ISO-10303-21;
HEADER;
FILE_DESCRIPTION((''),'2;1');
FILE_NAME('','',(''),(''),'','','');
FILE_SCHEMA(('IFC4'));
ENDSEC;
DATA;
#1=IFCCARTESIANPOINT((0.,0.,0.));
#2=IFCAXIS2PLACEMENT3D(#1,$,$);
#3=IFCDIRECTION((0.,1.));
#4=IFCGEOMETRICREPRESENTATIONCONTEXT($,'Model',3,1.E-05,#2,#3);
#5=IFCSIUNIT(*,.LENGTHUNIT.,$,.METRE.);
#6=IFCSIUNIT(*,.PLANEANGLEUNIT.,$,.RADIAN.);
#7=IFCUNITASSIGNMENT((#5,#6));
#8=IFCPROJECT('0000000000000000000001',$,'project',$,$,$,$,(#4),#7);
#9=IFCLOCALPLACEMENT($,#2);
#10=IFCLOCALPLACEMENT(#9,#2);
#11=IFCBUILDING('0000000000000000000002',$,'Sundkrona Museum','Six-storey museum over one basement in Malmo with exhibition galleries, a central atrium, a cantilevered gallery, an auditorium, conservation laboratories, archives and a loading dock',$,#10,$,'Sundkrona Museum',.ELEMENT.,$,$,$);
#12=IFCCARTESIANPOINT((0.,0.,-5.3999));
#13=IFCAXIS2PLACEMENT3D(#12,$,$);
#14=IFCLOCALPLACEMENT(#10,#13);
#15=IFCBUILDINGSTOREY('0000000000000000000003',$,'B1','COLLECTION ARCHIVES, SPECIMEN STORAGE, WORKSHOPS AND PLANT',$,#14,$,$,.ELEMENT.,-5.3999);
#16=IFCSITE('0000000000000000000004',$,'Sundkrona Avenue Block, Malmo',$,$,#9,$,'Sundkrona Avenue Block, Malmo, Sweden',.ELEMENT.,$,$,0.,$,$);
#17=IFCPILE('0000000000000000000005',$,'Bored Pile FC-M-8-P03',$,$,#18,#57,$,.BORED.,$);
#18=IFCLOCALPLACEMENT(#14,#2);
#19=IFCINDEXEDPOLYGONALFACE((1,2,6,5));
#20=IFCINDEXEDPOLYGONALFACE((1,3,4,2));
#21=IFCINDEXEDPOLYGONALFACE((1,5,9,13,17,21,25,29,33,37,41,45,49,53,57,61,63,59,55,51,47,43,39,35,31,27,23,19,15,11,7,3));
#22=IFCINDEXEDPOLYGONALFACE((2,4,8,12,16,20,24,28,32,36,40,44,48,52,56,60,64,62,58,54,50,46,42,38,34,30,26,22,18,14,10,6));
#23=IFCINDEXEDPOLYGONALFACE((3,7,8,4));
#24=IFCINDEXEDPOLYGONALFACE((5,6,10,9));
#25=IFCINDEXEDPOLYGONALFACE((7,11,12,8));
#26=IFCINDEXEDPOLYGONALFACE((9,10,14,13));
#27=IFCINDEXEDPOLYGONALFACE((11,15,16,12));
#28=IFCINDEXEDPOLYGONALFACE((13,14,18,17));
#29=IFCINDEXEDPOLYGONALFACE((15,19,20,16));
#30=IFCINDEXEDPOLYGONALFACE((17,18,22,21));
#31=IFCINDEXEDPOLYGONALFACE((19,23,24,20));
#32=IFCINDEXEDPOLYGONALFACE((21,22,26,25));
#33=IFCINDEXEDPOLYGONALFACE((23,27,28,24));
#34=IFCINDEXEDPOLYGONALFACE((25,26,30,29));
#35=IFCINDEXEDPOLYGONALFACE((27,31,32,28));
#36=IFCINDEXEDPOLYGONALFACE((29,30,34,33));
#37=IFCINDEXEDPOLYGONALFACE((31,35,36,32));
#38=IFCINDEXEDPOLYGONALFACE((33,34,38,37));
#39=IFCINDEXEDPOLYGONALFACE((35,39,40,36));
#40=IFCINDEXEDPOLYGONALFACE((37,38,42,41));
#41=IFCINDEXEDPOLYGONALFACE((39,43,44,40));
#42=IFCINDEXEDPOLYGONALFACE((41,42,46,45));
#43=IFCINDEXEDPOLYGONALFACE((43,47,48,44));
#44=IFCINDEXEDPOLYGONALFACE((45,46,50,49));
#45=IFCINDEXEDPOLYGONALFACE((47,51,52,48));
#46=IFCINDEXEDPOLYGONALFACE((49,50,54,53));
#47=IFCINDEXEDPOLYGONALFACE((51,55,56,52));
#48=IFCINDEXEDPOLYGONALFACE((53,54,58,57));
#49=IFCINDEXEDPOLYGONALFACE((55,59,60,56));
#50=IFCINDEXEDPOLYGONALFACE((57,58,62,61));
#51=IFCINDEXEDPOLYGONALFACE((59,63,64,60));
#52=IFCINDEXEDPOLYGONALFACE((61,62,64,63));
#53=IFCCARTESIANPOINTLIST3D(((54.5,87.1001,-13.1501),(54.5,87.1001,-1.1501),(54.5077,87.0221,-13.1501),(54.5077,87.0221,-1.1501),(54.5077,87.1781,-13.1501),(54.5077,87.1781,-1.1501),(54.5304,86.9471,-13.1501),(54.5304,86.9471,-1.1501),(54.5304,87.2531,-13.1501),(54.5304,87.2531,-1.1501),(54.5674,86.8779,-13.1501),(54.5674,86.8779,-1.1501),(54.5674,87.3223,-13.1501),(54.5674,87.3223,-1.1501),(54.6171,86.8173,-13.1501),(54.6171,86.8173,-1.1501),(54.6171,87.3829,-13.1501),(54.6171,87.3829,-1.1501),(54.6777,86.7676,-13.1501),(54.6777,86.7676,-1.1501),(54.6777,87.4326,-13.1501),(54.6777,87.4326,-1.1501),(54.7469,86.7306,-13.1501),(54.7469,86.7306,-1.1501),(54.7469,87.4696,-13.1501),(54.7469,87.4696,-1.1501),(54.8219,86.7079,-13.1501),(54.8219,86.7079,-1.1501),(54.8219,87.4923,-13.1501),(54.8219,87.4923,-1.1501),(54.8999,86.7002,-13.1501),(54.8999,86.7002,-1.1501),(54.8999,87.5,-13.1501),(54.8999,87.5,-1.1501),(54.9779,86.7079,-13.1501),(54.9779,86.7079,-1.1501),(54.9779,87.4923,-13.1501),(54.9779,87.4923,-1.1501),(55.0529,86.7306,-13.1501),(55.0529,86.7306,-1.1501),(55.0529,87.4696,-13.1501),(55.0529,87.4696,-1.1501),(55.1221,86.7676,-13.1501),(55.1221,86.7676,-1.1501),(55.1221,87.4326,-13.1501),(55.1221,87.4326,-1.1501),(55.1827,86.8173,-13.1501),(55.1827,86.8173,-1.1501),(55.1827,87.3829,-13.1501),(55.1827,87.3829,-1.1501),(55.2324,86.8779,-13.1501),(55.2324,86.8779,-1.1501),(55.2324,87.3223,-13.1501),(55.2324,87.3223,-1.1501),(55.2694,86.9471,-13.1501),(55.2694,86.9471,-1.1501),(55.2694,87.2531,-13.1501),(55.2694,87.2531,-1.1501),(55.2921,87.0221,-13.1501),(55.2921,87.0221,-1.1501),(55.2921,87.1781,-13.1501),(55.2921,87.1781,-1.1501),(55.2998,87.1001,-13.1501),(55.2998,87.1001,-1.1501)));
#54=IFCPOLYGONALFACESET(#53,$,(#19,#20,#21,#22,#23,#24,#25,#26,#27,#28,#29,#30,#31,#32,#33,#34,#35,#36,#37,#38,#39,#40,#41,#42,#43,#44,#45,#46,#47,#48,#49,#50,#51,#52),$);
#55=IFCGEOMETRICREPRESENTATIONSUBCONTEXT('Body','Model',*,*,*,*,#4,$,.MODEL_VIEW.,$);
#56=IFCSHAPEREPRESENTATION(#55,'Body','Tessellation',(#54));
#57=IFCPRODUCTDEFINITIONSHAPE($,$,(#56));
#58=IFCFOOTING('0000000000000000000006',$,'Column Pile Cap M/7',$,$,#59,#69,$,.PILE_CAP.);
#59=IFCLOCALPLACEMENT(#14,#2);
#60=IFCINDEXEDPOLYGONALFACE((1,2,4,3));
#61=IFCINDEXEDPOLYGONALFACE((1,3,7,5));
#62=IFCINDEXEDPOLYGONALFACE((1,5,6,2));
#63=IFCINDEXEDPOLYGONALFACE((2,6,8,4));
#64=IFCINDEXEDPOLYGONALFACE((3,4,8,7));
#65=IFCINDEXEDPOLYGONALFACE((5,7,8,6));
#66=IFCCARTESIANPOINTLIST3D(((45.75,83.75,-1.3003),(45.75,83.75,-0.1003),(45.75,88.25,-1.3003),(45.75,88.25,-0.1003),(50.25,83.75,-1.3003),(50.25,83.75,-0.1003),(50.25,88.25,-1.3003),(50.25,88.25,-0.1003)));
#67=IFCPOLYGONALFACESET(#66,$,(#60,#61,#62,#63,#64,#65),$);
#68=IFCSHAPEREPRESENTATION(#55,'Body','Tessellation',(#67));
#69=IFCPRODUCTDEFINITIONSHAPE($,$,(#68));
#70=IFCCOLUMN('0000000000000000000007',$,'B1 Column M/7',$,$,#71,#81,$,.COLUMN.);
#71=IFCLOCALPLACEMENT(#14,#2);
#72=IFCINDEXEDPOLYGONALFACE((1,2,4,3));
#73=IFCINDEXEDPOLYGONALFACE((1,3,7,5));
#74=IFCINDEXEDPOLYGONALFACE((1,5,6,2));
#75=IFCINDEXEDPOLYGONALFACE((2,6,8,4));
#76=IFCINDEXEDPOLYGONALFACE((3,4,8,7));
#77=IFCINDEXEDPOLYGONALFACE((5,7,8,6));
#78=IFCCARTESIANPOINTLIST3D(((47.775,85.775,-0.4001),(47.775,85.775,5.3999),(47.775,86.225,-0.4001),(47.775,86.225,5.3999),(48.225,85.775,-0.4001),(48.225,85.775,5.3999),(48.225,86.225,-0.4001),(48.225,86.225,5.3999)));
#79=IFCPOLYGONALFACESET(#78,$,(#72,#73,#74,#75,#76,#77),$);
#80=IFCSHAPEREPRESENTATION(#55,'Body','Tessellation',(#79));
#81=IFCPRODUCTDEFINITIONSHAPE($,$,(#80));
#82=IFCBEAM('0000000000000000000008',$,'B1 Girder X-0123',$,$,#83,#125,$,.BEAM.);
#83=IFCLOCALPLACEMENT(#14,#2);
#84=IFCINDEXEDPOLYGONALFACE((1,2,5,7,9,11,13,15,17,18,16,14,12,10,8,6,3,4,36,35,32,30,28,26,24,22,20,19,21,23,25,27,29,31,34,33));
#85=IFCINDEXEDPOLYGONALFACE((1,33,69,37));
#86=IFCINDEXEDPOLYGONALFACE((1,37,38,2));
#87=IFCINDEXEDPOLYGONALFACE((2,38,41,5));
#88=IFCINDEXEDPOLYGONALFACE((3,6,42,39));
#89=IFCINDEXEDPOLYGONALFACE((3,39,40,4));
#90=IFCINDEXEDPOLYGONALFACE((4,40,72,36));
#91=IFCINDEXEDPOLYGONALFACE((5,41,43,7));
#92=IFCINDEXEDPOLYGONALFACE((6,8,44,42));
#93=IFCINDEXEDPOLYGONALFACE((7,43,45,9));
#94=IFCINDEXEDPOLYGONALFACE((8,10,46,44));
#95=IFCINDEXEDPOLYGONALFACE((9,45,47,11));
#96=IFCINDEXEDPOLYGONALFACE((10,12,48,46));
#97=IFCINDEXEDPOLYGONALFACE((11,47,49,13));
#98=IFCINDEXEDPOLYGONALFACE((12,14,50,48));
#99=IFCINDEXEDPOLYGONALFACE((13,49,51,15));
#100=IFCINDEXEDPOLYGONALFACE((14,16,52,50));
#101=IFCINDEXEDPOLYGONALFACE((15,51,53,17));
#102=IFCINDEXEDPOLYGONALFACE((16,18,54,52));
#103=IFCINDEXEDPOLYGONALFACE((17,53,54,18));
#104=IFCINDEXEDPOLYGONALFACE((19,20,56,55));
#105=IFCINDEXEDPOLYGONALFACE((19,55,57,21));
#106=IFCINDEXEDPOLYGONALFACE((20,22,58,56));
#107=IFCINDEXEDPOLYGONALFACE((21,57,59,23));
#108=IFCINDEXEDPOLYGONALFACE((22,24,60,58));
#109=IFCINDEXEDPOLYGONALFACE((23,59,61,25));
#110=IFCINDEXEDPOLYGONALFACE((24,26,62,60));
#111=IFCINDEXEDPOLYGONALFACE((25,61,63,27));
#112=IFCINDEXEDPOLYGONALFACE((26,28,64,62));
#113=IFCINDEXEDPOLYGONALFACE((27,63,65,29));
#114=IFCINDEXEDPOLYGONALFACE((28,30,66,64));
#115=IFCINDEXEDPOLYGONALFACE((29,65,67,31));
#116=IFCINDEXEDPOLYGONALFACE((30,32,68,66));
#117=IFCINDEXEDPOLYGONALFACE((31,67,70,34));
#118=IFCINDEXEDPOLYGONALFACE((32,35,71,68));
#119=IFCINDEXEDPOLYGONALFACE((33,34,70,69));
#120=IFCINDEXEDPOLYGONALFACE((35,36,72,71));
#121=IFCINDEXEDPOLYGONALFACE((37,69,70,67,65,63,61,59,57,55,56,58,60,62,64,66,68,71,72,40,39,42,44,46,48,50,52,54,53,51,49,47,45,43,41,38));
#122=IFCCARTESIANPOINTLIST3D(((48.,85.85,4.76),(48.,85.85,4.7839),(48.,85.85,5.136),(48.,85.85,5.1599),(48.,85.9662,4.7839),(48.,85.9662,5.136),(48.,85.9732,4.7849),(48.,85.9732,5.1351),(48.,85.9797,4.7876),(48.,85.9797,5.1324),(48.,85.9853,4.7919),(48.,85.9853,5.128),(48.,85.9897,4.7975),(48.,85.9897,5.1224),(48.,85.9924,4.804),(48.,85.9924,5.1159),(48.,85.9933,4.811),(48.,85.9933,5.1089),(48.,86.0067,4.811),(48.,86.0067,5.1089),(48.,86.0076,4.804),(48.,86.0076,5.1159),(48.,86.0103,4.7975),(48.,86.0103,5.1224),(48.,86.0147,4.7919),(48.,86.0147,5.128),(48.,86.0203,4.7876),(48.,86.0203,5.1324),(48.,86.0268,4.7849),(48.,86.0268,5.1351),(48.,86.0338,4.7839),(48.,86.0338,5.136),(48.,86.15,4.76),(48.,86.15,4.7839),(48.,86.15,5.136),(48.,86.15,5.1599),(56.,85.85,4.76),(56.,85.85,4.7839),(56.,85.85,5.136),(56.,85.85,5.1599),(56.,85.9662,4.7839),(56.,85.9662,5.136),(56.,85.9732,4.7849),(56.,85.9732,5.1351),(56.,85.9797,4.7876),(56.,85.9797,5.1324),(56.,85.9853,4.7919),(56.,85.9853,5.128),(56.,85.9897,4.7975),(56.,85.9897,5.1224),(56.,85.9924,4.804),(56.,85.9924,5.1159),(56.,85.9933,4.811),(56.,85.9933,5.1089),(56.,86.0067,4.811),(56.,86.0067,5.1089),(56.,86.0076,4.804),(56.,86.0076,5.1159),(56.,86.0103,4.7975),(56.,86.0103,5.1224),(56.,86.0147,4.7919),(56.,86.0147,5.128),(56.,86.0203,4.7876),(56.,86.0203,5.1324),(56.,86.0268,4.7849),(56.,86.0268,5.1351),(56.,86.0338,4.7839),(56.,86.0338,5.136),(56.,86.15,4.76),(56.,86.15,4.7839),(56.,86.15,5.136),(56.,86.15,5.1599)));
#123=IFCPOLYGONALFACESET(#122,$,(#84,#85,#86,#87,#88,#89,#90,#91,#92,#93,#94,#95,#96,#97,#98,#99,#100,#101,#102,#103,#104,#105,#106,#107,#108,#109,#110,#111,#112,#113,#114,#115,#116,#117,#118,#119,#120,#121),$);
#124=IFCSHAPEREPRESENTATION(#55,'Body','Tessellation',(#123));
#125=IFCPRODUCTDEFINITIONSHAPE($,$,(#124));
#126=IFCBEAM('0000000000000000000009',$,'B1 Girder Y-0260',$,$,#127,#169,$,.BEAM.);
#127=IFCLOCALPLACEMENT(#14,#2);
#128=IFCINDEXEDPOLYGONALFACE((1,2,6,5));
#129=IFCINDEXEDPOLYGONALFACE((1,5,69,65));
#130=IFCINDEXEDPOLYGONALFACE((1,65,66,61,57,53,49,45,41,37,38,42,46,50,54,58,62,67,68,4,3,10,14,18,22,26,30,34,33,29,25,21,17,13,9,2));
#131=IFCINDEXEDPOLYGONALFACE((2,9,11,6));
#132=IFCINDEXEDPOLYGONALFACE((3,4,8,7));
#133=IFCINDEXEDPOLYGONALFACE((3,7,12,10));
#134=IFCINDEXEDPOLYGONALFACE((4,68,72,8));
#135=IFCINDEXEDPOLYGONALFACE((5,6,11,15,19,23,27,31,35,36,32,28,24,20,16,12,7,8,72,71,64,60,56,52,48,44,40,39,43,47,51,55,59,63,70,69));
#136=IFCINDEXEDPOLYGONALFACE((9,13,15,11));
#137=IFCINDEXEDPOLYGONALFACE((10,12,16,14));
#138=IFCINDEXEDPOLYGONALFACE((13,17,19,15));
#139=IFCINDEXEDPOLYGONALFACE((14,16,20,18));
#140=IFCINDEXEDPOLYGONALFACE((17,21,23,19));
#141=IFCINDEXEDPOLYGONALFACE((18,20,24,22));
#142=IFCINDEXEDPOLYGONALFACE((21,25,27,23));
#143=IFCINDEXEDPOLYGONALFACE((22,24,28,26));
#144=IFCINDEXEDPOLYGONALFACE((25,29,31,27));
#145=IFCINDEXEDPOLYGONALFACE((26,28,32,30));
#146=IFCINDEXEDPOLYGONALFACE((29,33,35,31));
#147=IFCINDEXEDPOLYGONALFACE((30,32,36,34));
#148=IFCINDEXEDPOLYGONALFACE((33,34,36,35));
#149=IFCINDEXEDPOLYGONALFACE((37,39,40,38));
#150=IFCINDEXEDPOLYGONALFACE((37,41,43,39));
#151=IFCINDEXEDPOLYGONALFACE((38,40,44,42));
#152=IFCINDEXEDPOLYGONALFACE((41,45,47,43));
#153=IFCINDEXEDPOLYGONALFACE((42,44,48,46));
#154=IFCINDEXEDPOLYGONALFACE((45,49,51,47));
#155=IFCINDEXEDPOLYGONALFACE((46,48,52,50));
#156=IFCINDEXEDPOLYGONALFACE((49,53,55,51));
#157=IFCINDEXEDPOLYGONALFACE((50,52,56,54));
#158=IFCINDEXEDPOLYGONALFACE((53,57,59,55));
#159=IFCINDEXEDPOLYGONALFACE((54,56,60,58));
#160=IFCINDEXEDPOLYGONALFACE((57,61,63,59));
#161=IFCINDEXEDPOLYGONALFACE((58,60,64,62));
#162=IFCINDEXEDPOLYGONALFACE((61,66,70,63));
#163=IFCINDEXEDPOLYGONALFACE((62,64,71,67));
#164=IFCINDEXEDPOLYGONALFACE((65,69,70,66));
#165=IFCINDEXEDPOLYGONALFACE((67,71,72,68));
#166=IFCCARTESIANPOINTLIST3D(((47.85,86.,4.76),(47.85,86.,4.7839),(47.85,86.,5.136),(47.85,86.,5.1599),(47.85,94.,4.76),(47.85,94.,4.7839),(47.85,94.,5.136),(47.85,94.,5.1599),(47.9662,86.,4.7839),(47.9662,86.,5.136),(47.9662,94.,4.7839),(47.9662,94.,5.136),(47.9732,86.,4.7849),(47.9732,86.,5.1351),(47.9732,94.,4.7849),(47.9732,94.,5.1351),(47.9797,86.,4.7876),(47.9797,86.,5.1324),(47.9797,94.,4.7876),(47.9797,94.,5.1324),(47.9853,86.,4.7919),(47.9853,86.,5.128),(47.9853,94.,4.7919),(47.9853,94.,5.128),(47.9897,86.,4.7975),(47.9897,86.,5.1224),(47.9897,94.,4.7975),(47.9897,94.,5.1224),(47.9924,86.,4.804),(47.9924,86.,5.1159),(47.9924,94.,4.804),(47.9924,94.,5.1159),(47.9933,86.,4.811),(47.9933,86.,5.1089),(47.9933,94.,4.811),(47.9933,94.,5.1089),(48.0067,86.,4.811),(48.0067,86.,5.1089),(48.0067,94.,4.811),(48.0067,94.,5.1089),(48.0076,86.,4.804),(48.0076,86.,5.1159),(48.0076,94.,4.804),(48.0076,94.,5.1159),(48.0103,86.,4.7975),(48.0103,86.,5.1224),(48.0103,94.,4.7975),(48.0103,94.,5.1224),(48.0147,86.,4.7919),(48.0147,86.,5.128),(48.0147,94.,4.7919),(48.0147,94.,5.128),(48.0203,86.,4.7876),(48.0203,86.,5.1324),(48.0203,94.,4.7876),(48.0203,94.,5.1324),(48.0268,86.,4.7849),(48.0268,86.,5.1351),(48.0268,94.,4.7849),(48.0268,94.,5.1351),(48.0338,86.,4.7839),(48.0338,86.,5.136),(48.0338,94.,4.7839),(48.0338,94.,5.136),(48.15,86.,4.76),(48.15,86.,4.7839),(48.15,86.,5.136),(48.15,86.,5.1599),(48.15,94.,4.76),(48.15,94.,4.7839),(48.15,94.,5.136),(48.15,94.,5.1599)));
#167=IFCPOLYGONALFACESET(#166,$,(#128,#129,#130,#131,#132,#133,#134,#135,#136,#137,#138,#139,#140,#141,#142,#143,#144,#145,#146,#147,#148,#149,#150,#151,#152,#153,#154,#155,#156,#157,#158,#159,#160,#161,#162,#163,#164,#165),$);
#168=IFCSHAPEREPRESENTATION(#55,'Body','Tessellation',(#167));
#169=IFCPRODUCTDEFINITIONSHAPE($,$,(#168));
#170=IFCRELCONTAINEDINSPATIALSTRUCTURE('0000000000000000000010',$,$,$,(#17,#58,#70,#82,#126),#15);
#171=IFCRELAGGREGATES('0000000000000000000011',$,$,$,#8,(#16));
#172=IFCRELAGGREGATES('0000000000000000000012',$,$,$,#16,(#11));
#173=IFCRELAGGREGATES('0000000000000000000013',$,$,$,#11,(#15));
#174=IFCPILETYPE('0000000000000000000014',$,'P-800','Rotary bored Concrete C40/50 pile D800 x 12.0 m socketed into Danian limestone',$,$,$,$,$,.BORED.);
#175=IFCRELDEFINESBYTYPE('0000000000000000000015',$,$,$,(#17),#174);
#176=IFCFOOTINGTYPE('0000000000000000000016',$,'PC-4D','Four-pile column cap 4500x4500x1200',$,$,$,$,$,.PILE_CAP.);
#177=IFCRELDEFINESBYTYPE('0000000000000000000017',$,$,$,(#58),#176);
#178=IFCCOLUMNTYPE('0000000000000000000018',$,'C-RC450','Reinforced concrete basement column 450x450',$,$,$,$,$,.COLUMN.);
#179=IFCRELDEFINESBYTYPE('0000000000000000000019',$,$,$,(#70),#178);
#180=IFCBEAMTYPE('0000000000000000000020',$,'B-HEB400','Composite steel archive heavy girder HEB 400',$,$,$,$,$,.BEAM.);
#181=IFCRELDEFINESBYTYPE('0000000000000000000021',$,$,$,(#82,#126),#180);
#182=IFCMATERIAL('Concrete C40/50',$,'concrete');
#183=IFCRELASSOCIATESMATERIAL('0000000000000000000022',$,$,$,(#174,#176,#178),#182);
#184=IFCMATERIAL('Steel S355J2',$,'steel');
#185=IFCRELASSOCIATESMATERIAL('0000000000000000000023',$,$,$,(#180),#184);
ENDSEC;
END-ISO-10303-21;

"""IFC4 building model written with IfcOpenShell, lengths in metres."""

from ifc_helpers import new_model, si_unit, direction, frame, origin, origin_2d, place, context, subcontext, project, spatial, rectangle, circle, i_section, extrude, material, material_profile, profile_set, type_object, element, save


model = new_model("IFC4")

# Units and contexts
model_context = context("Model", 3, precision=1e-05, world=origin(), true_north=direction((0.0, 1.0)))
body_context = subcontext(model_context, "Body", "Model", "MODEL_VIEW")
ifc_project = project(units=[si_unit("LENGTHUNIT", "METRE"), si_unit("PLANEANGLEUNIT", "RADIAN")], contexts=[model_context])

# Site, building, storey
site_placement = place(None, origin())
site = spatial("IfcSite", under=ifc_project, at=site_placement, Name="Sundkrona Avenue Block, Malmo", LongName="Sundkrona Avenue Block, Malmo, Sweden", CompositionType="ELEMENT", RefElevation=0.0)
building_placement = place(site_placement, origin())
building = spatial("IfcBuilding", under=site, at=building_placement, Name="Sundkrona Museum", Description="Six-storey museum over one basement in Malmo with exhibition galleries, a central atrium, a cantilevered gallery, an auditorium, conservation laboratories, archives and a loading dock", LongName="Sundkrona Museum", CompositionType="ELEMENT")
storey_placement = place(building_placement, frame((0.0, 0.0, -5.3999)))
storey = spatial("IfcBuildingStorey", under=building, at=storey_placement, Name="B1", Description="COLLECTION ARCHIVES, SPECIMEN STORAGE, WORKSHOPS AND PLANT", CompositionType="ELEMENT", Elevation=-5.3999)

# Shared definitions
ifc_material_1 = material(Name="Concrete C40/50", Category="concrete")

# Pile
ifc_material_profile_1 = material_profile(ifc_material_1, circle(Radius=0.3999, at=origin_2d()), Name="PILE D800")
ifc_profile_set_1 = profile_set([ifc_material_profile_1], Name="Concrete C40/50")
pile_type = type_object("IfcPileType", Name="P-800", Description="Rotary bored Concrete C40/50 pile D800 x 12.0 m socketed into Danian limestone", PredefinedType="BORED", material=ifc_profile_set_1)
for number, where, z_axis, x_axis, name in (
    (1, (54.8999, 87.1001, -1.1501), (0.0, 0.0, -1.0), (1.0, 0.0, 0.0), "Bored Pile FC-M-8-P03"),
):
    element("IfcPile", number, at=place(storey_placement, frame(where, z_axis=z_axis, x_axis=x_axis)), inside=storey, type_object=pile_type, Name=name, PredefinedType="BORED", context=body_context, shape_type="SweptSolid", body=[
        extrude(circle(Radius=0.3999, at=origin_2d()), origin(), (0.0, 0.0, 1.0), 12.0),
    ])

# Footing
footing_type_1 = type_object("IfcFootingType", Name="PC-4D", Description="Four-pile column cap 4500x4500x1200", PredefinedType="PILE_CAP", material=ifc_material_1)
footing_1_placement = place(storey_placement, frame((48.0, 86.0, -1.3003), z_axis=(0.0, 0.0, 1.0), x_axis=(1.0, 0.0, 0.0)))
element("IfcFooting", 2, at=footing_1_placement, inside=storey, type_object=footing_type_1, Name="Column Pile Cap M/7", PredefinedType="PILE_CAP", context=body_context, shape_type="SweptSolid", body=[
    extrude(rectangle(XDim=4.5, YDim=4.5, at=origin_2d()), origin(), (0.0, 0.0, 1.0), 1.2),
])

# Column
ifc_material_profile_2 = material_profile(ifc_material_1, rectangle(XDim=0.45, YDim=0.45, at=origin_2d()), Name="RC 450x450")
ifc_profile_set_2 = profile_set([ifc_material_profile_2], Name="Concrete C40/50")
column_type = type_object("IfcColumnType", Name="C-RC450", Description="Reinforced concrete basement column 450x450", PredefinedType="COLUMN", material=ifc_profile_set_2)
column_placement = place(storey_placement, frame((48.0, 86.0, -0.4001), z_axis=(0.0, 0.0, 1.0), x_axis=(1.0, 0.0, 0.0)))
element("IfcColumn", 3, at=column_placement, inside=storey, type_object=column_type, Name="B1 Column M/7", PredefinedType="COLUMN", context=body_context, shape_type="SweptSolid", body=[
    extrude(rectangle(XDim=0.45, YDim=0.45, at=origin_2d()), origin(), (0.0, 0.0, 1.0), 5.8),
])

# Beams
ifc_material_2 = material(Name="Steel S355J2", Category="steel")
ifc_material_profile_3 = material_profile(ifc_material_2, i_section(OverallWidth=0.3, OverallDepth=0.3999, WebThickness=0.0134, FlangeThickness=0.0239, FilletRadius=0.0271, at=origin_2d()), Name="HEB 400")
ifc_profile_set_3 = profile_set([ifc_material_profile_3], Name="Steel S355J2")
beam_type_1 = type_object("IfcBeamType", Name="B-HEB400", Description="Composite steel archive heavy girder HEB 400", PredefinedType="BEAM", material=ifc_profile_set_3)
for number, where, z_axis, x_axis, name in (
    (4, (48.0, 86.0, 4.96), (1.0, 0.0, 0.0), (0.0, 1.0, 0.0), "B1 Girder X-0123"),
    (5, (48.0, 86.0, 4.96), (0.0, 1.0, 0.0), (-1.0, 0.0, 0.0), "B1 Girder Y-0260"),
):
    element("IfcBeam", number, at=place(storey_placement, frame(where, z_axis=z_axis, x_axis=x_axis)), inside=storey, type_object=beam_type_1, Name=name, PredefinedType="BEAM", context=body_context, shape_type="SweptSolid", body=[
        extrude(i_section(OverallWidth=0.3, OverallDepth=0.3999, WebThickness=0.0134, FlangeThickness=0.0239, FilletRadius=0.0271, at=origin_2d()), origin(), (0.0, 0.0, 1.0), 8.0),
    ])

save(model, "model.ifc")
